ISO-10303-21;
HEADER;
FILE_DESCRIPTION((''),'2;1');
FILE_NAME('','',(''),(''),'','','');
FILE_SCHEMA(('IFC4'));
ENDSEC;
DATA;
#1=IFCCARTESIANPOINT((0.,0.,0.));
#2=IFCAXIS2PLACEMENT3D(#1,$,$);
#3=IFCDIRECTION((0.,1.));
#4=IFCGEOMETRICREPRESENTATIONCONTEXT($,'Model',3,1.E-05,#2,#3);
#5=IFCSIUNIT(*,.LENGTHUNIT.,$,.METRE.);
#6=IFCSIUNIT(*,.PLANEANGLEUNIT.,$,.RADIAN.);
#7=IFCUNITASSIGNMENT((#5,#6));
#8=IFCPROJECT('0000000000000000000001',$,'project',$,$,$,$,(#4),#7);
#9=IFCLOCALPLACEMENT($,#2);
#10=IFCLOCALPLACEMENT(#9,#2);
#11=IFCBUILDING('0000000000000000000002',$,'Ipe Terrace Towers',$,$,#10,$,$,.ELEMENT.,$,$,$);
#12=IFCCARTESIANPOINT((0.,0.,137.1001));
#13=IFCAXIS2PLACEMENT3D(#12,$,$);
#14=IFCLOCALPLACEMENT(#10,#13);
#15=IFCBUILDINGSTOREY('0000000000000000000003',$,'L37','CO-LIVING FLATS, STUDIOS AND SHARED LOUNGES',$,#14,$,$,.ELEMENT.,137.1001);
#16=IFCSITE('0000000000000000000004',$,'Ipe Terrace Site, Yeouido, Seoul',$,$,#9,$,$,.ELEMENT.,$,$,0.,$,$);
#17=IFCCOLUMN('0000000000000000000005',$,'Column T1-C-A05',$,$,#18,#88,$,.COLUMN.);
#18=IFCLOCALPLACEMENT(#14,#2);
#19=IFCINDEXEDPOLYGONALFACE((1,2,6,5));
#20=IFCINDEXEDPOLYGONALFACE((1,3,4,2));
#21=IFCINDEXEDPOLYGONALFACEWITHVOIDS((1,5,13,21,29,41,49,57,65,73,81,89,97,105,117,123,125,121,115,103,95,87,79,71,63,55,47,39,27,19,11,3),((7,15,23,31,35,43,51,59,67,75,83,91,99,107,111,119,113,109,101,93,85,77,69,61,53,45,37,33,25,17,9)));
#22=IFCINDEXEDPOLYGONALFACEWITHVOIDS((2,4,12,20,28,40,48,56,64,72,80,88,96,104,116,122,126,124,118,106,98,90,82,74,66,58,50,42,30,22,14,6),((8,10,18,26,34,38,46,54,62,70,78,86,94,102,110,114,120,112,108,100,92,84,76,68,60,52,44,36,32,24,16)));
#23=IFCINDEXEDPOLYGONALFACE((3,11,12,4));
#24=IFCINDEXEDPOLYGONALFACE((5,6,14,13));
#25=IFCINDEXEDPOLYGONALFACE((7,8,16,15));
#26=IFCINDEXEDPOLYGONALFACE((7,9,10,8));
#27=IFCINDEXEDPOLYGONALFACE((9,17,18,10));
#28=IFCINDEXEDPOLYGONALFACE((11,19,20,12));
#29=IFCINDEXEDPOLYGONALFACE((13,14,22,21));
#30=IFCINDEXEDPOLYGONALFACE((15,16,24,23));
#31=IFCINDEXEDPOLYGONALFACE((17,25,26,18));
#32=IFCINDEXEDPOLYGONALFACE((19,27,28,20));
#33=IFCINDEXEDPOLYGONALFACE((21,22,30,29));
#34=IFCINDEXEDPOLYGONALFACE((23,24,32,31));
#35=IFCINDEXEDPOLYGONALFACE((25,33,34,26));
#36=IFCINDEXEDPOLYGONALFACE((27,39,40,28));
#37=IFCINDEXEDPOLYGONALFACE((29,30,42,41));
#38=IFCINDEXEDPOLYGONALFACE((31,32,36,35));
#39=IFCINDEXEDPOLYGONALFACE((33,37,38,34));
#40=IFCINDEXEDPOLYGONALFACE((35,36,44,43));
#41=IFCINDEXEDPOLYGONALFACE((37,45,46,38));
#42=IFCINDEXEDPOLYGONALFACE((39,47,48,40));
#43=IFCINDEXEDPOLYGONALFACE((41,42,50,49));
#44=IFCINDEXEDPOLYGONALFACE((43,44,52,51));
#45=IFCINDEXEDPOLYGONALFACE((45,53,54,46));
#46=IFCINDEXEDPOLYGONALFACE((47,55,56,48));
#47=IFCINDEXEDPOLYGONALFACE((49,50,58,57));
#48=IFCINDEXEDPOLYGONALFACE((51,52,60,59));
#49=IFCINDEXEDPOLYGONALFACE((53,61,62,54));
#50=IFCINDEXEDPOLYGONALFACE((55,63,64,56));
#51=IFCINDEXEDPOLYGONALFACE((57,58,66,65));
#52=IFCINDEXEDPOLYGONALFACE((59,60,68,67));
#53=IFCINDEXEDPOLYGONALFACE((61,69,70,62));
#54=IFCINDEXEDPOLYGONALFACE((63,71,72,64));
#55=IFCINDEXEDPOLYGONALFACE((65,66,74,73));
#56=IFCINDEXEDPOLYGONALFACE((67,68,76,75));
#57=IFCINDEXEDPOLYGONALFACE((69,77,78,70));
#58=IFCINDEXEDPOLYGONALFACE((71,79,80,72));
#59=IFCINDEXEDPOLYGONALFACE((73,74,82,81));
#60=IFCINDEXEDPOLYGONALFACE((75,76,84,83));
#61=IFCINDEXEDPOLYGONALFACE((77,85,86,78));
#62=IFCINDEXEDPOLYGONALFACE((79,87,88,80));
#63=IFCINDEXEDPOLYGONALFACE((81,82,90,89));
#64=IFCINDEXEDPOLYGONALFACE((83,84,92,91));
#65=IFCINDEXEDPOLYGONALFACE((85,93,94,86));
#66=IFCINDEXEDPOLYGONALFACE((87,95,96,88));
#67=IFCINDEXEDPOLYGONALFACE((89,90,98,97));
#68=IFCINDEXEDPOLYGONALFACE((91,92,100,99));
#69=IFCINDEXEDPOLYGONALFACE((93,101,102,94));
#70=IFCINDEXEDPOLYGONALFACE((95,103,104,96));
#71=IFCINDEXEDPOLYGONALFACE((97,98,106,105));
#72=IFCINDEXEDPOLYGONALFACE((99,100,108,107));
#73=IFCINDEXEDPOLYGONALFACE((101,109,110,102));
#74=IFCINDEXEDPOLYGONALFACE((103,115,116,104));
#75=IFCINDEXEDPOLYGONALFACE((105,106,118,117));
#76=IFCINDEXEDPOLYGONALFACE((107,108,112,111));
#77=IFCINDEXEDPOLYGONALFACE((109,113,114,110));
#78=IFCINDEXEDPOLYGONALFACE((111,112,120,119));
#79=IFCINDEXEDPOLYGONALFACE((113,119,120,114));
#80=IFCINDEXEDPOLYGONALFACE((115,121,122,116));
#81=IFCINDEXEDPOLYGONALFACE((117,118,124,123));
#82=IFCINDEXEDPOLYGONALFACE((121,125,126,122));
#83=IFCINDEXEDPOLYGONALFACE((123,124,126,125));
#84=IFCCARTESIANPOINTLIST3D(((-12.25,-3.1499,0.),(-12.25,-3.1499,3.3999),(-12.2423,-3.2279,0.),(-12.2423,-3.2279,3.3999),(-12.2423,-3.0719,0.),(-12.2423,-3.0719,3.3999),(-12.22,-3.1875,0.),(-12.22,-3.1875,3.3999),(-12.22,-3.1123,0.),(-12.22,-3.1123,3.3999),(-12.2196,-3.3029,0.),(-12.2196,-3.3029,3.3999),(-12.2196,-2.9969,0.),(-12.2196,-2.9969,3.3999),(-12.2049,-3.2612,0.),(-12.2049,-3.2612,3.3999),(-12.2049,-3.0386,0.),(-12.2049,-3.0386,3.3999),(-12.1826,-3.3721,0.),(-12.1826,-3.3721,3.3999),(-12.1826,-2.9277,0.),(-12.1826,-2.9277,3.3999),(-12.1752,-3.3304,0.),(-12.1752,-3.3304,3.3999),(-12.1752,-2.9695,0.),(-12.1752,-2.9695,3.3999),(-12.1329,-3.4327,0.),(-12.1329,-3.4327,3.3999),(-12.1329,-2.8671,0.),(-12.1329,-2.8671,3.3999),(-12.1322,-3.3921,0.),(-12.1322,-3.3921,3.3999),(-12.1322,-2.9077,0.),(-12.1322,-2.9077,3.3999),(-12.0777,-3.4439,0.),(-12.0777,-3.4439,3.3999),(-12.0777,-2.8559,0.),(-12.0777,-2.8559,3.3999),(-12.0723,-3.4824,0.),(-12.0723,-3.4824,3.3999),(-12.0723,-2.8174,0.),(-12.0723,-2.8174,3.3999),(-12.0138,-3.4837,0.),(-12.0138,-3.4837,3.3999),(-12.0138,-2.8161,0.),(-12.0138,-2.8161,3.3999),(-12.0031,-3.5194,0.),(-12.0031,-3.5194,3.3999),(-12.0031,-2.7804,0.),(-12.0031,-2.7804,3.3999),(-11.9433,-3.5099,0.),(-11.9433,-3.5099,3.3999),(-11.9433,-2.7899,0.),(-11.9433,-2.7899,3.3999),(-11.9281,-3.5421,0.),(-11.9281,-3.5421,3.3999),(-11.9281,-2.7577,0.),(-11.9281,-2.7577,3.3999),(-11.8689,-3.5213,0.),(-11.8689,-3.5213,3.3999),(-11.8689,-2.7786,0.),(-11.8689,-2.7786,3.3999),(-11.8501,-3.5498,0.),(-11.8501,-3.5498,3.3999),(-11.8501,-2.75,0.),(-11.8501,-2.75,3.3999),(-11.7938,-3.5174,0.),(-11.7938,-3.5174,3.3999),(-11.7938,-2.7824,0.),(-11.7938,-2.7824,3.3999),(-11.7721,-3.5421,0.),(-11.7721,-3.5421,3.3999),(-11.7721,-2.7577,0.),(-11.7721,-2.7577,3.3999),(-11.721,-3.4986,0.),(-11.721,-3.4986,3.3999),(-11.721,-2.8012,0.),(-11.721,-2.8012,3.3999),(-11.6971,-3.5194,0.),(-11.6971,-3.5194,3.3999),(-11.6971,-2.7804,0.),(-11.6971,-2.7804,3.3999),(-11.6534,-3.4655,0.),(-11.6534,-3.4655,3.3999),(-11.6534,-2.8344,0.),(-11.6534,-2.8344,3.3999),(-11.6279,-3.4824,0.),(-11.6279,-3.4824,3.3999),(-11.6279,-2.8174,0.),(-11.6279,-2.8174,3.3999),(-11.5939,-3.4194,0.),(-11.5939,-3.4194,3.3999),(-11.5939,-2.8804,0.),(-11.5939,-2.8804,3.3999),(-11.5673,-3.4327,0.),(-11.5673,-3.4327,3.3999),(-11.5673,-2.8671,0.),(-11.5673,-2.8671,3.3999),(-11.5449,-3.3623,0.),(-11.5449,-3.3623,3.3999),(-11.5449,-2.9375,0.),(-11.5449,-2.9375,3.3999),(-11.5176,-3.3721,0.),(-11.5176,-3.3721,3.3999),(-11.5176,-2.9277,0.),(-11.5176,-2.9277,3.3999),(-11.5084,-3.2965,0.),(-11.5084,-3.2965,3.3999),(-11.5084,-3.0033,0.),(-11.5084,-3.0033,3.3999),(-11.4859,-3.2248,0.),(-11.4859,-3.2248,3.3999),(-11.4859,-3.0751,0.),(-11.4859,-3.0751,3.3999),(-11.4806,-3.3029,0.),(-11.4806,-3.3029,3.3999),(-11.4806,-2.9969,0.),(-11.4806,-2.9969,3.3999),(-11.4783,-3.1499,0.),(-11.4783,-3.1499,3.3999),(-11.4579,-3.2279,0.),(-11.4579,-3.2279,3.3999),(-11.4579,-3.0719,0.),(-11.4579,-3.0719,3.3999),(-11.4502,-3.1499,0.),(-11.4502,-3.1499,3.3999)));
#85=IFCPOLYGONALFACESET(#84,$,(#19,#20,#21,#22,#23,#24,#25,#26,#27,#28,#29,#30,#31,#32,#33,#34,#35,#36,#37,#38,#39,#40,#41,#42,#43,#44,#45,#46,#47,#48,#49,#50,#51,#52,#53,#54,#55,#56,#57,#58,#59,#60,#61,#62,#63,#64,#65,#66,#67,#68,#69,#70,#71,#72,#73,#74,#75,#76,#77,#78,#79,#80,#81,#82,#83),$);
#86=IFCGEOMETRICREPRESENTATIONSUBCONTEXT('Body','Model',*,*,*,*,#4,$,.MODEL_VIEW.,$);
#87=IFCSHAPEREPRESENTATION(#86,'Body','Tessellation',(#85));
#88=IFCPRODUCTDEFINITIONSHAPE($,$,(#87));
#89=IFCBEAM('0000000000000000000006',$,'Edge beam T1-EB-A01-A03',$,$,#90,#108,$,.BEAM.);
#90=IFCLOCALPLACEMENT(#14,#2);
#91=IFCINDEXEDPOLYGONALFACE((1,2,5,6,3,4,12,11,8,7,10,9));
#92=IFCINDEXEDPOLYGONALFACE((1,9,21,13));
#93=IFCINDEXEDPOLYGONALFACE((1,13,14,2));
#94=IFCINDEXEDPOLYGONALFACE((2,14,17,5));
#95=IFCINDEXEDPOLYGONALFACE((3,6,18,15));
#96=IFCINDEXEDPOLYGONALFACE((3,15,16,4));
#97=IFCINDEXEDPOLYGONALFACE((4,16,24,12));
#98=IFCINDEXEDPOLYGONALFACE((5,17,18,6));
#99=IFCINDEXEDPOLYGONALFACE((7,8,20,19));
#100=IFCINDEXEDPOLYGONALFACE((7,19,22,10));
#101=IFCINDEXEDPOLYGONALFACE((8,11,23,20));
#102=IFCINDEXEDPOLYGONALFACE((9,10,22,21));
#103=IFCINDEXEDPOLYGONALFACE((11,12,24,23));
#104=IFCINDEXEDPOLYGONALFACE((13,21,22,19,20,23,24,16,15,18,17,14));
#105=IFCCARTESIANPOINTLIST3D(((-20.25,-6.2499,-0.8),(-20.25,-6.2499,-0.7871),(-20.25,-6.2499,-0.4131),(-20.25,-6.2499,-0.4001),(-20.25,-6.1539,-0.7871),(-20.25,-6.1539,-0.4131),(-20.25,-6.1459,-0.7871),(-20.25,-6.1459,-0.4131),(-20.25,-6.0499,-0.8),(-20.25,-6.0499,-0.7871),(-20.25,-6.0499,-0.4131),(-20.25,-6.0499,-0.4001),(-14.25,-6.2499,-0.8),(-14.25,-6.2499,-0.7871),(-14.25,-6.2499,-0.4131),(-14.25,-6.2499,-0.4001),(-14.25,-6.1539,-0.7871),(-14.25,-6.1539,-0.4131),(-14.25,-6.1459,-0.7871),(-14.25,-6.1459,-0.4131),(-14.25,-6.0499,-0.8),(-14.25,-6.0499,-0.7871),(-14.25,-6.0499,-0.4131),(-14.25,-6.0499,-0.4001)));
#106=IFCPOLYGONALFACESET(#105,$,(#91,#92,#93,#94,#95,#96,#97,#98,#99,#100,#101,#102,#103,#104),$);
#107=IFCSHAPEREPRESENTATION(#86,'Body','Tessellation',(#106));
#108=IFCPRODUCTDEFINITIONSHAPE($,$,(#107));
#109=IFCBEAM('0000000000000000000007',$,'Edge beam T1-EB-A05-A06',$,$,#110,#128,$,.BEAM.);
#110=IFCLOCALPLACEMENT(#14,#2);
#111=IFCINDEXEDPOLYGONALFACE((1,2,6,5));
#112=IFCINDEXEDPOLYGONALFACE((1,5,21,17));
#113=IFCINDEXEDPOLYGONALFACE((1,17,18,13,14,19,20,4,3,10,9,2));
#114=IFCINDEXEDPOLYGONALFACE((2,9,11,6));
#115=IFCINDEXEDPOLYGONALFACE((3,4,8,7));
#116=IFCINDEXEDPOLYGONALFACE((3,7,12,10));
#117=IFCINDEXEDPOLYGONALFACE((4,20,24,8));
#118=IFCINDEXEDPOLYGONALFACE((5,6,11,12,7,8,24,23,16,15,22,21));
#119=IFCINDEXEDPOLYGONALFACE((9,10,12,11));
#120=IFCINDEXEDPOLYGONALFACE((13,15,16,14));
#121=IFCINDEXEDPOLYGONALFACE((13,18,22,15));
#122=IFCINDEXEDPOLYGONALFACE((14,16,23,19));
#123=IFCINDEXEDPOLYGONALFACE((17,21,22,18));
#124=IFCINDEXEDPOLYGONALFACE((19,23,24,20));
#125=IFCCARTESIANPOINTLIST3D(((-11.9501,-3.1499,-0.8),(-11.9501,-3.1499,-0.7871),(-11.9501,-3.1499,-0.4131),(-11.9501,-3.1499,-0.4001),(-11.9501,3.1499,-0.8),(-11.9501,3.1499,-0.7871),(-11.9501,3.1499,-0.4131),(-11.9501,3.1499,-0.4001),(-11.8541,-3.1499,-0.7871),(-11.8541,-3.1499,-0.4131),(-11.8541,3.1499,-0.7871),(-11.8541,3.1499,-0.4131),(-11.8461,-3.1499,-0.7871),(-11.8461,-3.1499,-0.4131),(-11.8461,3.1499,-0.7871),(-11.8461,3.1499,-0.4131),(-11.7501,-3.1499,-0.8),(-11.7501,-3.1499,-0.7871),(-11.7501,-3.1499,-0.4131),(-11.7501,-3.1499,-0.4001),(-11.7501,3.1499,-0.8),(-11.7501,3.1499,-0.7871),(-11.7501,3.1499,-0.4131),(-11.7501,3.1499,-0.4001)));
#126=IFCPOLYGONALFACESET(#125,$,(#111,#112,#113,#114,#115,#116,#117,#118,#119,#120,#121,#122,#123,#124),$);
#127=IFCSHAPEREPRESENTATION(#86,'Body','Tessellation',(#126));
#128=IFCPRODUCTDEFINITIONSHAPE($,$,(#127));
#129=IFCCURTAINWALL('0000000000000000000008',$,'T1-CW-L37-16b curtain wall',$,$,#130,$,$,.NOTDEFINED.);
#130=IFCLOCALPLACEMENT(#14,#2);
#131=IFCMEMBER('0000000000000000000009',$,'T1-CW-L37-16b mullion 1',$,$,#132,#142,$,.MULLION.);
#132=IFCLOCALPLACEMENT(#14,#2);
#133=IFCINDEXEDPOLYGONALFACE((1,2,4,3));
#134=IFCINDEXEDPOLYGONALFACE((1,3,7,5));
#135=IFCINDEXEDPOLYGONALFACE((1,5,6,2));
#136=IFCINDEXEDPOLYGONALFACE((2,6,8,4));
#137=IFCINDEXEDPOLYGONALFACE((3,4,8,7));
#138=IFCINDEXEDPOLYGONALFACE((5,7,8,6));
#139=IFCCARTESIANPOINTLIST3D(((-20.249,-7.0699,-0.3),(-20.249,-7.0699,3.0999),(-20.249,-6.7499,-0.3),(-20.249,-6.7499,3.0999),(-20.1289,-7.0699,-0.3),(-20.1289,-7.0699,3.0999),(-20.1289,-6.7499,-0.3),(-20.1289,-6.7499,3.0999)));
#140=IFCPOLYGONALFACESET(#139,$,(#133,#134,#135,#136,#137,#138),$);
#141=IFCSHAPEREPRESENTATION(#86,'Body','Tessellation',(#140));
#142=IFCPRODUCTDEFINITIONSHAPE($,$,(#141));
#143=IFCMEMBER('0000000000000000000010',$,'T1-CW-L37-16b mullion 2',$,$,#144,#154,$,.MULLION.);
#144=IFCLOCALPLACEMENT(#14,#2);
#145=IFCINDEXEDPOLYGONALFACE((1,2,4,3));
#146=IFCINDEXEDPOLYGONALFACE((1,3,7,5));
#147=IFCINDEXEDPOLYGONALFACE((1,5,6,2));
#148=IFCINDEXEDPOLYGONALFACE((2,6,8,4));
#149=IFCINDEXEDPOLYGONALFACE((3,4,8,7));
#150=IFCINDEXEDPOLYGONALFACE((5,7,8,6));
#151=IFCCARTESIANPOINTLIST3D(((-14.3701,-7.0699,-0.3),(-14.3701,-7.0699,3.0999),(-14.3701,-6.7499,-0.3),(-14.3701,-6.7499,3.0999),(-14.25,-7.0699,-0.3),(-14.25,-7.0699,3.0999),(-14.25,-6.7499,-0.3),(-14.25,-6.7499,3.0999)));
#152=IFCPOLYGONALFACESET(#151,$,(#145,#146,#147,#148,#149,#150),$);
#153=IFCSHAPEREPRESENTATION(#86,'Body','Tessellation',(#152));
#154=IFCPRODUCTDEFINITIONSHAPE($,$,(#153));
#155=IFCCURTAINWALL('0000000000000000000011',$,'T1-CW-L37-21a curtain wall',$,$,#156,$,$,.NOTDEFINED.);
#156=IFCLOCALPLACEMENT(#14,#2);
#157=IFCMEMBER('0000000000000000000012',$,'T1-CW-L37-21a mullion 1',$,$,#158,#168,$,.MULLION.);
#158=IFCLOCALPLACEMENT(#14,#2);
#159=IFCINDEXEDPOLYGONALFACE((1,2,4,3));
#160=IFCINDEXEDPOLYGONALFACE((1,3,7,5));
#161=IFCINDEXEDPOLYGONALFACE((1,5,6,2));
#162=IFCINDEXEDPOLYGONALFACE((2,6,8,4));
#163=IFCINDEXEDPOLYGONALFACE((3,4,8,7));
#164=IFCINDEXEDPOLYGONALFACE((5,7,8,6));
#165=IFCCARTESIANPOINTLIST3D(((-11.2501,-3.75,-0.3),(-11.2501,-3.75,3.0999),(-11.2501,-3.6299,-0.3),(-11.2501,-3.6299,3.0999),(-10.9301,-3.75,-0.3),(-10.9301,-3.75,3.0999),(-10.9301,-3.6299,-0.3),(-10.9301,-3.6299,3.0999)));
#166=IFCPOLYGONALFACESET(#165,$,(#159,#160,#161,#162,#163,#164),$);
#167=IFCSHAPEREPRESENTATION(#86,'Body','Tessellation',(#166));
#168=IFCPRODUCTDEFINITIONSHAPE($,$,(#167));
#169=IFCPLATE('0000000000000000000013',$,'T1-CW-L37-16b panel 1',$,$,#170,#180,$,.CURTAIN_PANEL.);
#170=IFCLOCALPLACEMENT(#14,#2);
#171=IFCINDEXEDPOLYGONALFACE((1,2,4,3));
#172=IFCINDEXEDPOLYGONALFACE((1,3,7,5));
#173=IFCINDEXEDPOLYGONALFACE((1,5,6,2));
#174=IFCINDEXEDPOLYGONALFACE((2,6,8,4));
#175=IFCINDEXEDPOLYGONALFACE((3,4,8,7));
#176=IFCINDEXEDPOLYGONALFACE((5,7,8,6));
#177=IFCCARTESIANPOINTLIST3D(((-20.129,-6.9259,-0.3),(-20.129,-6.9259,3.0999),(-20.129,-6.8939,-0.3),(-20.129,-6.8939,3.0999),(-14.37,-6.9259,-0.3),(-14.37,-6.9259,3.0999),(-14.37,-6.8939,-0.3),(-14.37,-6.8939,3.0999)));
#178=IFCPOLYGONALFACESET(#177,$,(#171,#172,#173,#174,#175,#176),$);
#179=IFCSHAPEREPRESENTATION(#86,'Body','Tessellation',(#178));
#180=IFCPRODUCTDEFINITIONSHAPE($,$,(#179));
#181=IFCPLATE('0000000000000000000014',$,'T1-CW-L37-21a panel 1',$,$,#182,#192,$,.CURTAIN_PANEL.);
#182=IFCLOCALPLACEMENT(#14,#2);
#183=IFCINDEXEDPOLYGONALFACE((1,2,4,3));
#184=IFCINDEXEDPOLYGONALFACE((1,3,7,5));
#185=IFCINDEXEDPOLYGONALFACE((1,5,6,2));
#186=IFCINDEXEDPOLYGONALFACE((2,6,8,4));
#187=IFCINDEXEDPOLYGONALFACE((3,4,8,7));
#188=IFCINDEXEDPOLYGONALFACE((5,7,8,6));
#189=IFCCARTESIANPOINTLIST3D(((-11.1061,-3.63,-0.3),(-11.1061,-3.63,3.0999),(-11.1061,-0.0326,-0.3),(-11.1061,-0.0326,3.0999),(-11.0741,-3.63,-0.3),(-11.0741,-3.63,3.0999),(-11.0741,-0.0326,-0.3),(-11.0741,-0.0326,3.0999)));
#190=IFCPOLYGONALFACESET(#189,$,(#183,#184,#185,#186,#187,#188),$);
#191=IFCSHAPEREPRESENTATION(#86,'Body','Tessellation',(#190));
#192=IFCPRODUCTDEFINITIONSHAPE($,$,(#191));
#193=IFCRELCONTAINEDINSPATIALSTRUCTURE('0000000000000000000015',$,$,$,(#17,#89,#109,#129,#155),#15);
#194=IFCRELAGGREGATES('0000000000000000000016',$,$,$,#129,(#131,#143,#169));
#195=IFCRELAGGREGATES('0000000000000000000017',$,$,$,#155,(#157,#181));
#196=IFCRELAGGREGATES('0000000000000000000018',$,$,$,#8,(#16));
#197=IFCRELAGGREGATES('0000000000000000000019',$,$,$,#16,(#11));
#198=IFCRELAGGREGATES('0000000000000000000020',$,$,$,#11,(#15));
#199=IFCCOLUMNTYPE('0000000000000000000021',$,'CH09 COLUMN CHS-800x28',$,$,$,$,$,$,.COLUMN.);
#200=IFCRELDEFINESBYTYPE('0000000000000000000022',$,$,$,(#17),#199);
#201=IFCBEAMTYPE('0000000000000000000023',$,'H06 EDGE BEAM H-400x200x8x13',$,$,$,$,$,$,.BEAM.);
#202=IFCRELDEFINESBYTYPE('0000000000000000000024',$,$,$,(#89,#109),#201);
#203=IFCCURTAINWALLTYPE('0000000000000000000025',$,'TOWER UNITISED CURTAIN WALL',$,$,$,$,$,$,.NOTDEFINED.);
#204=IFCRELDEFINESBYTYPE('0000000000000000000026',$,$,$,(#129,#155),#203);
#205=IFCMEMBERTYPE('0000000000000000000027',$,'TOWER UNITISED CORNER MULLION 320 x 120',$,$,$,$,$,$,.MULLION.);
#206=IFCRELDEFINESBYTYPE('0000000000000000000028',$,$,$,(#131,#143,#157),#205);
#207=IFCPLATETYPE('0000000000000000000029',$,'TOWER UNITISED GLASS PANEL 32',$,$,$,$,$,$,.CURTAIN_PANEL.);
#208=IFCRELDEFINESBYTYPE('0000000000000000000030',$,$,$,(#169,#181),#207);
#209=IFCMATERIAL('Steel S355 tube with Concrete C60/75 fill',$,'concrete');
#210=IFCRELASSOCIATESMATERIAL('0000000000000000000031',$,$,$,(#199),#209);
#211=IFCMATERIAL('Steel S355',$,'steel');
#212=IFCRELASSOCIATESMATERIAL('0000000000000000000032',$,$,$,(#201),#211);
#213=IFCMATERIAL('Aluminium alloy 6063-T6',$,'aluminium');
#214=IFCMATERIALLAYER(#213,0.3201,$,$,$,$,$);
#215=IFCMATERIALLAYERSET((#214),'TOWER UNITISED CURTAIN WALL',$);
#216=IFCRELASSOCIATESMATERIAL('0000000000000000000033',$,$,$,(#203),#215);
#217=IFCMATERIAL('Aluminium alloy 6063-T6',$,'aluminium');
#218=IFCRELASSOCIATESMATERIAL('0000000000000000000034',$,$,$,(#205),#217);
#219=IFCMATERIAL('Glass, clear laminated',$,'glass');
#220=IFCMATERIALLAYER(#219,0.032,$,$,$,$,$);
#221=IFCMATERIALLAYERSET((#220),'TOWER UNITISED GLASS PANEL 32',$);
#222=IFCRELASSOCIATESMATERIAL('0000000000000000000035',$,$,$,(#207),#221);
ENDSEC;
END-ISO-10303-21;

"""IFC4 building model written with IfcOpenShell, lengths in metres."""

from ifc_helpers import new_model, si_unit, direction, frame, origin, origin_2d, place, context, subcontext, project, spatial, rectangle, hollow_circle, i_section, extrude, material, layer, layer_set, material_profile, profile_set, type_object, element, aggregate, save


model = new_model("IFC4")

# Units and contexts
model_context = context("Model", 3, precision=1e-05, world=origin(), true_north=direction((0.0, 1.0)))
body_context = subcontext(model_context, "Body", "Model", "MODEL_VIEW")
ifc_project = project(units=[si_unit("LENGTHUNIT", "METRE"), si_unit("PLANEANGLEUNIT", "RADIAN")], contexts=[model_context])

# Site, building, storey
site_placement = place(None, origin())
site = spatial("IfcSite", under=ifc_project, at=site_placement, Name="Ipe Terrace Site, Yeouido, Seoul", CompositionType="ELEMENT", RefElevation=0.0)
building_placement = place(site_placement, origin())
building = spatial("IfcBuilding", under=site, at=building_placement, Name="Ipe Terrace Towers", CompositionType="ELEMENT")
storey_placement = place(building_placement, frame((0.0, 0.0, 137.1001)))
storey = spatial("IfcBuildingStorey", under=building, at=storey_placement, Name="L37", Description="CO-LIVING FLATS, STUDIOS AND SHARED LOUNGES", CompositionType="ELEMENT", Elevation=137.1001)

# Column
ifc_material_1 = material(Name="Steel S355 tube with Concrete C60/75 fill", Category="concrete")
ifc_material_profile_1 = material_profile(ifc_material_1, hollow_circle(Radius=0.3999, WallThickness=0.0281, at=origin_2d()), Name="CHS-800x28")
ifc_profile_set_1 = profile_set([ifc_material_profile_1], Name="Steel S355 tube with Concrete C60/75 fill")
column_type = type_object("IfcColumnType", Name="CH09 COLUMN CHS-800x28", PredefinedType="COLUMN", material=ifc_profile_set_1)
for number, where, z_axis, x_axis, name in (
    (1, (-11.8501, -3.1499, 0.0), (0.0, 0.0, 1.0), (1.0, 0.0, 0.0), "Column T1-C-A05"),
):
    element("IfcColumn", number, at=place(storey_placement, frame(where, z_axis=z_axis, x_axis=x_axis)), inside=storey, type_object=column_type, Name=name, PredefinedType="COLUMN", context=body_context, shape_type="SweptSolid", body=[
        extrude(hollow_circle(Radius=0.3999, WallThickness=0.0281, at=origin_2d()), origin(), (0.0, 0.0, 1.0), 3.3999),
    ])

# Beams
ifc_material_2 = material(Name="Steel S355", Category="steel")
ifc_material_profile_2 = material_profile(ifc_material_2, i_section(OverallWidth=0.2, OverallDepth=0.3999, WebThickness=0.0081, FlangeThickness=0.0129, at=origin_2d()), Name="H-400x200x8x13")
ifc_profile_set_2 = profile_set([ifc_material_profile_2], Name="Steel S355")
beam_type = type_object("IfcBeamType", Name="H06 EDGE BEAM H-400x200x8x13", PredefinedType="BEAM", material=ifc_profile_set_2)
beam_1_placement = place(storey_placement, frame((-20.25, -6.1499, -0.6001), z_axis=(1.0, 0.0, 0.0), x_axis=(0.0, 1.0, 0.0)))
element("IfcBeam", 2, at=beam_1_placement, inside=storey, type_object=beam_type, Name="Edge beam T1-EB-A01-A03", PredefinedType="BEAM", context=body_context, shape_type="SweptSolid", body=[
    extrude(i_section(OverallWidth=0.2, OverallDepth=0.3999, WebThickness=0.0081, FlangeThickness=0.0129, at=origin_2d()), origin(), (0.0, 0.0, 1.0), 6.0),
])
beam_2_placement = place(storey_placement, frame((-11.8501, -3.1499, -0.6001), z_axis=(0.0, 1.0, 0.0), x_axis=(-1.0, 0.0, 0.0)))
element("IfcBeam", 3, at=beam_2_placement, inside=storey, type_object=beam_type, Name="Edge beam T1-EB-A05-A06", PredefinedType="BEAM", context=body_context, shape_type="SweptSolid", body=[
    extrude(i_section(OverallWidth=0.2, OverallDepth=0.3999, WebThickness=0.0081, FlangeThickness=0.0129, at=origin_2d()), origin(), (0.0, 0.0, 1.0), 6.2998),
])

# Curtain wall, members
ifc_material_3 = material(Name="Aluminium alloy 6063-T6", Category="aluminium")
ifc_layer_1 = layer(ifc_material_3, 0.3201)
ifc_layer_set_1 = layer_set([ifc_layer_1], Name="TOWER UNITISED CURTAIN WALL")
curtain_wall_type = type_object("IfcCurtainWallType", Name="TOWER UNITISED CURTAIN WALL", PredefinedType="NOTDEFINED", material=ifc_layer_set_1)
curtain_wall_1_placement = place(storey_placement, origin())
curtain_wall_1 = element("IfcCurtainWall", 4, at=curtain_wall_1_placement, inside=storey, type_object=curtain_wall_type, Name="T1-CW-L37-16b curtain wall", PredefinedType="NOTDEFINED")
ifc_material_4 = material(Name="Aluminium alloy 6063-T6", Category="aluminium")
ifc_material_profile_3 = material_profile(ifc_material_4, rectangle(XDim=0.3201, YDim=0.1201, at=origin_2d()), Name="TOWER UNITISED CORNER MULLION 320 x 120")
ifc_profile_set_3 = profile_set([ifc_material_profile_3], Name="Aluminium alloy 6063-T6")
member_type = type_object("IfcMemberType", Name="TOWER UNITISED CORNER MULLION 320 x 120", PredefinedType="MULLION", material=ifc_profile_set_3)
member_1_placement = place(storey_placement, frame((-20.189, -6.9099, -0.3), z_axis=(0.0, 0.0, 1.0), x_axis=(0.0, -1.0, 0.0)))
member_1 = element("IfcMember", 5, at=member_1_placement, type_object=member_type, Name="T1-CW-L37-16b mullion 1", PredefinedType="MULLION", context=body_context, shape_type="SweptSolid", body=[
    extrude(rectangle(XDim=0.3201, YDim=0.1201, at=origin_2d()), origin(), (0.0, 0.0, 1.0), 3.3999),
])
member_2_placement = place(storey_placement, frame((-14.3101, -6.9099, -0.3), z_axis=(0.0, 0.0, 1.0), x_axis=(0.0, -1.0, 0.0)))
member_2 = element("IfcMember", 6, at=member_2_placement, type_object=member_type, Name="T1-CW-L37-16b mullion 2", PredefinedType="MULLION", context=body_context, shape_type="SweptSolid", body=[
    extrude(rectangle(XDim=0.3201, YDim=0.1201, at=origin_2d()), origin(), (0.0, 0.0, 1.0), 3.3999),
])

# Curtain wall, member
curtain_wall_2_placement = place(storey_placement, origin())
curtain_wall_2 = element("IfcCurtainWall", 7, at=curtain_wall_2_placement, inside=storey, type_object=curtain_wall_type, Name="T1-CW-L37-21a curtain wall", PredefinedType="NOTDEFINED")
member_3_placement = place(storey_placement, frame((-11.0901, -3.6899, -0.3), z_axis=(0.0, 0.0, 1.0), x_axis=(1.0, 0.0, 0.0)))
member_3 = element("IfcMember", 8, at=member_3_placement, type_object=member_type, Name="T1-CW-L37-21a mullion 1", PredefinedType="MULLION", context=body_context, shape_type="SweptSolid", body=[
    extrude(rectangle(XDim=0.3201, YDim=0.1201, at=origin_2d()), origin(), (0.0, 0.0, 1.0), 3.3999),
])

# Plates
ifc_material_5 = material(Name="Glass, clear laminated", Category="glass")
ifc_layer_2 = layer(ifc_material_5, 0.032)
ifc_layer_set_2 = layer_set([ifc_layer_2], Name="TOWER UNITISED GLASS PANEL 32")
plate_type = type_object("IfcPlateType", Name="TOWER UNITISED GLASS PANEL 32", PredefinedType="CURTAIN_PANEL", material=ifc_layer_set_2)
plate_1_placement = place(storey_placement, frame((-17.2495, -6.9099, -0.3), z_axis=(0.0, 0.0, 1.0), x_axis=(1.0, 0.0, 0.0)))
plate_1 = element("IfcPlate", 9, at=plate_1_placement, type_object=plate_type, Name="T1-CW-L37-16b panel 1", PredefinedType="CURTAIN_PANEL", context=body_context, shape_type="SweptSolid", body=[
    extrude(rectangle(XDim=5.759, YDim=0.032, at=origin_2d()), origin(), (0.0, 0.0, 1.0), 3.3999),
])
aggregate(curtain_wall_1, [member_1, member_2, plate_1])
plate_2_placement = place(storey_placement, frame((-11.0901, -1.8313, -0.3), z_axis=(0.0, 0.0, 1.0), x_axis=(0.0, 1.0, 0.0)))
plate_2 = element("IfcPlate", 10, at=plate_2_placement, type_object=plate_type, Name="T1-CW-L37-21a panel 1", PredefinedType="CURTAIN_PANEL", context=body_context, shape_type="SweptSolid", body=[
    extrude(rectangle(XDim=3.5974, YDim=0.032, at=origin_2d()), origin(), (0.0, 0.0, 1.0), 3.3999),
])
aggregate(curtain_wall_2, [member_3, plate_2])

save(model, "model.ifc")
